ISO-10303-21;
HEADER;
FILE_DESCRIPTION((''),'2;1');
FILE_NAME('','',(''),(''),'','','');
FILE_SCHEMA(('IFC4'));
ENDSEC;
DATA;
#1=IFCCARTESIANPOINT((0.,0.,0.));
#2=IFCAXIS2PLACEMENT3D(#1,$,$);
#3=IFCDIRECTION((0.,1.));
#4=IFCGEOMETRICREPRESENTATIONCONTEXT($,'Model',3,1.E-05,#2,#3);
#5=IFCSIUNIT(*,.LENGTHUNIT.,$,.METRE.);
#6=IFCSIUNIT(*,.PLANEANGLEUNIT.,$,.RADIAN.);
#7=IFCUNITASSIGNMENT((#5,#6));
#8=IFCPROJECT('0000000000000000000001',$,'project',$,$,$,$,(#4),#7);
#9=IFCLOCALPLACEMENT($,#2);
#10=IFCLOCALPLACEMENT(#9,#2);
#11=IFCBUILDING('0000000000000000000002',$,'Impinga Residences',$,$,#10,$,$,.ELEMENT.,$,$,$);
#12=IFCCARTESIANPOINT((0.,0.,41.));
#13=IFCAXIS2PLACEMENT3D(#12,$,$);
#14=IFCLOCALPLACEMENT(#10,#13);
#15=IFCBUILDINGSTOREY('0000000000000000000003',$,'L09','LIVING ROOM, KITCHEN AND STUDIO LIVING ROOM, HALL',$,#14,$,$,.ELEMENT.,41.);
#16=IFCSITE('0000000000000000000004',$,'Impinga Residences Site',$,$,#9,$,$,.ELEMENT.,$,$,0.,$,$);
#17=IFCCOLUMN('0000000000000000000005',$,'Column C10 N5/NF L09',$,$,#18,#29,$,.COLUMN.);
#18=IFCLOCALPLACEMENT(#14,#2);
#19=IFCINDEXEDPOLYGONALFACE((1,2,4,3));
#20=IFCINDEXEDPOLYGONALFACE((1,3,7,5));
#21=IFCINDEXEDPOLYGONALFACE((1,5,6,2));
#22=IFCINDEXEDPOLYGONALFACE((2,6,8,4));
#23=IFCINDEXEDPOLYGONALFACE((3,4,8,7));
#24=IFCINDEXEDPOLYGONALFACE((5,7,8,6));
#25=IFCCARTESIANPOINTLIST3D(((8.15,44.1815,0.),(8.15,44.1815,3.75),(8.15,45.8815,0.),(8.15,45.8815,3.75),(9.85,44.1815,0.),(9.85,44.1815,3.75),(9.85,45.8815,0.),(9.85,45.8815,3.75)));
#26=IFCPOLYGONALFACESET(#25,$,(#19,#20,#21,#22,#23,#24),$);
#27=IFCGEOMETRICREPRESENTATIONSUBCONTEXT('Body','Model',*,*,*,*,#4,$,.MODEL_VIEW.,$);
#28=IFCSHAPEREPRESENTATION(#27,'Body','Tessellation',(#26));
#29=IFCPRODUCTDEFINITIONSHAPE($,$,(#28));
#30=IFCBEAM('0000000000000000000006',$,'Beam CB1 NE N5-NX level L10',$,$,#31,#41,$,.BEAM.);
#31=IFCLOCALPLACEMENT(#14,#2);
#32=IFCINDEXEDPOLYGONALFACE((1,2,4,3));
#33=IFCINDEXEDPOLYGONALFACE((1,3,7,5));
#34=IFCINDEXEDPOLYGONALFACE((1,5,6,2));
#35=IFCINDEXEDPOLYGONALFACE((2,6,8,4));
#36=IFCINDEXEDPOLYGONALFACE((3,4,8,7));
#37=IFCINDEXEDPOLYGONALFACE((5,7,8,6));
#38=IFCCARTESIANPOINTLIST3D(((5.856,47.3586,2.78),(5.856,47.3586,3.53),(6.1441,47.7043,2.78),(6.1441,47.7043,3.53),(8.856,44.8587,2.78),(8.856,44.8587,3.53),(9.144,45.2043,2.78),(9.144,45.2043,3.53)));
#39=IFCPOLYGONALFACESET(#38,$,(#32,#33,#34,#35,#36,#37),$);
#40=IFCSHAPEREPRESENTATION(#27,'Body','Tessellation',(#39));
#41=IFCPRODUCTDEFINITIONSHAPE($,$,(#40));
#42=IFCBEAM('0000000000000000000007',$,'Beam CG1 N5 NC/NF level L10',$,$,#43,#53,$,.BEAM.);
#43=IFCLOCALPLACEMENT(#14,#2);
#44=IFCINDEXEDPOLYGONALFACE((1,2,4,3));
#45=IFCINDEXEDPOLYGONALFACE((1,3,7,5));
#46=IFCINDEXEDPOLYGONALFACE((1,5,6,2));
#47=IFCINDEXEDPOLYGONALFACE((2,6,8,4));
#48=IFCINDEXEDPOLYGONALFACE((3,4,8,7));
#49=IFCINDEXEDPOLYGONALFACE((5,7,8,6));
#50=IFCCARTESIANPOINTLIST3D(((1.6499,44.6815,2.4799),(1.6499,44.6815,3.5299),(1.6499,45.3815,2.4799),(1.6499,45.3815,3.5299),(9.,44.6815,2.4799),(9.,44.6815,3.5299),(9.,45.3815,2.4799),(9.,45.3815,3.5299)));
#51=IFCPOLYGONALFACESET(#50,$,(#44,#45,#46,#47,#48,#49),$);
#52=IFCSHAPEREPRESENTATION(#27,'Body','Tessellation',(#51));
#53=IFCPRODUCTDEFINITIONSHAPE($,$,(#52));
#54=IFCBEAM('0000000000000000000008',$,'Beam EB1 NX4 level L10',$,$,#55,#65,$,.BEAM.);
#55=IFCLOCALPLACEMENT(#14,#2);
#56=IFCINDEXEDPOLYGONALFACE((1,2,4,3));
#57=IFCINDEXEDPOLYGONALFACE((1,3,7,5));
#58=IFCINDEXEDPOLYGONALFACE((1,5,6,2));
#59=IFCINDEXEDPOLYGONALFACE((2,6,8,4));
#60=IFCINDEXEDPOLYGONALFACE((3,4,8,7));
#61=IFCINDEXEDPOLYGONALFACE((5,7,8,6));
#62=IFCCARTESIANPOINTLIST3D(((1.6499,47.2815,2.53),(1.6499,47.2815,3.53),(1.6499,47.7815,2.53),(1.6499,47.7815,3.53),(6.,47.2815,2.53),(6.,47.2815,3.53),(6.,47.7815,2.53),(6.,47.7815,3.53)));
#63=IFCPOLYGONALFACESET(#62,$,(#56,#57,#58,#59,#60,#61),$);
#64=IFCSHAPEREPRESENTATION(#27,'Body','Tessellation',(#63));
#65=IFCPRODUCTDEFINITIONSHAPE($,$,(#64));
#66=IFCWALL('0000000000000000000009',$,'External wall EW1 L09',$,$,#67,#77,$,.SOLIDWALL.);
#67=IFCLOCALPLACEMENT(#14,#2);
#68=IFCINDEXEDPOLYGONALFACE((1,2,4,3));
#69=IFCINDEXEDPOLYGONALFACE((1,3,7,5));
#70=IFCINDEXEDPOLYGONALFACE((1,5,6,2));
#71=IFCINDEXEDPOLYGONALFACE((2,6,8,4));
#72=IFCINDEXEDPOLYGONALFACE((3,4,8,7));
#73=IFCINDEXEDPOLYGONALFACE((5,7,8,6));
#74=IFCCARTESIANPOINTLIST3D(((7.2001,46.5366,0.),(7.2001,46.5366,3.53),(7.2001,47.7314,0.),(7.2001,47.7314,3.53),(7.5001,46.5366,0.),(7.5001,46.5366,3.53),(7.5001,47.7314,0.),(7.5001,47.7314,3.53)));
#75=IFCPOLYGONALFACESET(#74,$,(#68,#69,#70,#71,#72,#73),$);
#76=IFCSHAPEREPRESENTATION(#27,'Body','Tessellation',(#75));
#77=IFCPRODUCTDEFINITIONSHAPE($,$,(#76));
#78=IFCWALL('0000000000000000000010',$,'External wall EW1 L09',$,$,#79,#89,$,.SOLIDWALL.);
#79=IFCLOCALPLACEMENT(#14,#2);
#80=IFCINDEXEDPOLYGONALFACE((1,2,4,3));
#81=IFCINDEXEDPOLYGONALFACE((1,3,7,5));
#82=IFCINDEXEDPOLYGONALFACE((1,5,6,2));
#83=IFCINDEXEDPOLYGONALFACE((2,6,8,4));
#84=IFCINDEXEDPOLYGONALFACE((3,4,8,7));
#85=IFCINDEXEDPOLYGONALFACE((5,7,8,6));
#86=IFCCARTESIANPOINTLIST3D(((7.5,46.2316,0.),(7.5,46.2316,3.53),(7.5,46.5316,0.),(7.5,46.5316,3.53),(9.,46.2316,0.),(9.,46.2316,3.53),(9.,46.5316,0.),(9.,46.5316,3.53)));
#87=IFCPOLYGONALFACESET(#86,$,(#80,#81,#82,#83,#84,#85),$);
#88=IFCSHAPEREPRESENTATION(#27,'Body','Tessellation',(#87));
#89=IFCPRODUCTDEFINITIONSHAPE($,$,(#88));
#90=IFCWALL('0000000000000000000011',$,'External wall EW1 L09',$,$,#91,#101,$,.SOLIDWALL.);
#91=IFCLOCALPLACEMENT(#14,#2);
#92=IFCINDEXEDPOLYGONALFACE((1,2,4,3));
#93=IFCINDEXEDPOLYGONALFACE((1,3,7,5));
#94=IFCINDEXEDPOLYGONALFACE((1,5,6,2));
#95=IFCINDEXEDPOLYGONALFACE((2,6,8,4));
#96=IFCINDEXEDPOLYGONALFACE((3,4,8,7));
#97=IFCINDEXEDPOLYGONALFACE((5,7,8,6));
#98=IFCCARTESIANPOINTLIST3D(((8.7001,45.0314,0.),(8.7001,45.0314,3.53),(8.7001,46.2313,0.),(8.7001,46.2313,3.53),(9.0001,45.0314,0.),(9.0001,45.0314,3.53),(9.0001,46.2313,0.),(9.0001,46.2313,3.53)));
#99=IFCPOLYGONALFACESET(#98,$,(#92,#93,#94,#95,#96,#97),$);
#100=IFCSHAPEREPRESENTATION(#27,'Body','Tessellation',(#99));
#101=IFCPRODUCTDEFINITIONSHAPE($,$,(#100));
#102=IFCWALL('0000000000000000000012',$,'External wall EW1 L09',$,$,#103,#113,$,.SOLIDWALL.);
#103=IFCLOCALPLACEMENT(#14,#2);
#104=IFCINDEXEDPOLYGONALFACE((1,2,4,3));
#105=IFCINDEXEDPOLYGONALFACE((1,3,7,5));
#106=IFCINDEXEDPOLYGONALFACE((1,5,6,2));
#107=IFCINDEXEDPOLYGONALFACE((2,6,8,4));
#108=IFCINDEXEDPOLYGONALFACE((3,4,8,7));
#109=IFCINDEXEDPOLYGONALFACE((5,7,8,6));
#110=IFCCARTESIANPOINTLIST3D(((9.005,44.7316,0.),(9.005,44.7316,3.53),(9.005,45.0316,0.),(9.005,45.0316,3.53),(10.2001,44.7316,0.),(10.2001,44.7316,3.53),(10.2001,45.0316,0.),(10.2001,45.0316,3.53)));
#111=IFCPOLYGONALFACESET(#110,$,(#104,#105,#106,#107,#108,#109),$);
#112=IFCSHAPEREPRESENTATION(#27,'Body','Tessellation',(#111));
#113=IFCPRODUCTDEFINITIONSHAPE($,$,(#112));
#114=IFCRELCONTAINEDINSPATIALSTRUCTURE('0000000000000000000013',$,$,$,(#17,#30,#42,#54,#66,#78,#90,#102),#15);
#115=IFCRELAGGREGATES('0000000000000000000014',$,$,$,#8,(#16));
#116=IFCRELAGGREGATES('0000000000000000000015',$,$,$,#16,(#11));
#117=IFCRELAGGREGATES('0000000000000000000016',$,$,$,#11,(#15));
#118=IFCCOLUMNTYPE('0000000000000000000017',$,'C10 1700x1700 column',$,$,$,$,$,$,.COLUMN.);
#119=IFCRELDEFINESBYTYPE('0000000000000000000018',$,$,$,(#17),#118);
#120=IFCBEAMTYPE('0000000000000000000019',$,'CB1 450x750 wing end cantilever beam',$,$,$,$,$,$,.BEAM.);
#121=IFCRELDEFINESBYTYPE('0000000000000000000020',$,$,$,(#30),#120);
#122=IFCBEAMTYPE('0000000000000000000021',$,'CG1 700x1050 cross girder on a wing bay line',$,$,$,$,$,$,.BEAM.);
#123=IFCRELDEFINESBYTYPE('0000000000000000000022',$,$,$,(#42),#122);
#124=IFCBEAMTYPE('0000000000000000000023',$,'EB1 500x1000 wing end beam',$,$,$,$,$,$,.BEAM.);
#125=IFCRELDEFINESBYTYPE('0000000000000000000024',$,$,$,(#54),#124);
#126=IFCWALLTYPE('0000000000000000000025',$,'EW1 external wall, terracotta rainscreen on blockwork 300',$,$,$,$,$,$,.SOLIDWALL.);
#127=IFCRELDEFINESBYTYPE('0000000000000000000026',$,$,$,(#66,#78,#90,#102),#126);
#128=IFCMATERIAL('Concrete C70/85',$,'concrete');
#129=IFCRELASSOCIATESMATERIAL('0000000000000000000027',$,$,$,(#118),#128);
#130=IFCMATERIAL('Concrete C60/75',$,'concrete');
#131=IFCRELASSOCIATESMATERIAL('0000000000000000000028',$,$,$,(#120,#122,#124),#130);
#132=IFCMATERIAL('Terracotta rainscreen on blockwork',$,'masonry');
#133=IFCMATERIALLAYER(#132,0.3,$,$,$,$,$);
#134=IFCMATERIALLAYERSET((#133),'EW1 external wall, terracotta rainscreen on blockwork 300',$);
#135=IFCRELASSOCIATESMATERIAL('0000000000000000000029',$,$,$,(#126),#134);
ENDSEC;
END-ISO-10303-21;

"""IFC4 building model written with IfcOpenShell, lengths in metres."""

from ifc_helpers import new_model, si_unit, direction, frame, frame_2d, origin, origin_2d, place, context, subcontext, project, spatial, rectangle, extrude, material, layer, layer_set, material_profile, profile_set, type_object, element, save


model = new_model("IFC4")

# Units and contexts
model_context = context("Model", 3, precision=1e-05, world=origin(), true_north=direction((0.0, 1.0)))
body_context = subcontext(model_context, "Body", "Model", "MODEL_VIEW")
ifc_project = project(units=[si_unit("LENGTHUNIT", "METRE"), si_unit("PLANEANGLEUNIT", "RADIAN")], contexts=[model_context])

# Site, building, storey
site_placement = place(None, origin())
site = spatial("IfcSite", under=ifc_project, at=site_placement, Name="Impinga Residences Site", CompositionType="ELEMENT", RefElevation=0.0)
building_placement = place(site_placement, origin())
building = spatial("IfcBuilding", under=site, at=building_placement, Name="Impinga Residences", CompositionType="ELEMENT")
storey_placement = place(building_placement, frame((0.0, 0.0, 41.0)))
storey = spatial("IfcBuildingStorey", under=building, at=storey_placement, Name="L09", Description="LIVING ROOM, KITCHEN AND STUDIO LIVING ROOM, HALL", CompositionType="ELEMENT", Elevation=41.0)

# Column
ifc_material_1 = material(Name="Concrete C70/85", Category="concrete")
ifc_material_profile_1 = material_profile(ifc_material_1, rectangle(XDim=1.7, YDim=1.7, at=origin_2d()), Name="RC 1700x1700")
ifc_profile_set_1 = profile_set([ifc_material_profile_1], Name="Concrete C70/85")
column_type = type_object("IfcColumnType", Name="C10 1700x1700 column", PredefinedType="COLUMN", material=ifc_profile_set_1)
column_placement = place(storey_placement, frame((9.0, 45.0315, 0.0), z_axis=(0.0, 0.0, 1.0), x_axis=(1.0, 0.0, 0.0)))
element("IfcColumn", 1, at=column_placement, inside=storey, type_object=column_type, Name="Column C10 N5/NF L09", PredefinedType="COLUMN", context=body_context, shape_type="SweptSolid", body=[
    extrude(rectangle(XDim=1.7, YDim=1.7, at=origin_2d()), origin(), (0.0, 0.0, 1.0), 3.75),
])

# Beams
ifc_material_2 = material(Name="Concrete C60/75", Category="concrete")
ifc_material_profile_2 = material_profile(ifc_material_2, rectangle(XDim=0.45, YDim=0.75, at=origin_2d()), Name="RC 450x750")
ifc_profile_set_2 = profile_set([ifc_material_profile_2], Name="Concrete C60/75")
beam_type_1 = type_object("IfcBeamType", Name="CB1 450x750 wing end cantilever beam", PredefinedType="BEAM", material=ifc_profile_set_2)
beam_1_placement = place(storey_placement, frame((9.0, 45.0315, 3.155), z_axis=(-0.768221, 0.640184, 0.0), x_axis=(-0.640184, -0.768221, 0.0)))
element("IfcBeam", 2, at=beam_1_placement, inside=storey, type_object=beam_type_1, Name="Beam CB1 NE N5-NX level L10", PredefinedType="BEAM", context=body_context, shape_type="SweptSolid", body=[
    extrude(rectangle(XDim=0.45, YDim=0.75, at=origin_2d()), origin(), (0.0, 0.0, 1.0), 3.905),
])
ifc_material_profile_3 = material_profile(ifc_material_2, rectangle(XDim=0.7, YDim=1.05, at=origin_2d()), Name="RC 700x1050")
ifc_profile_set_3 = profile_set([ifc_material_profile_3], Name="Concrete C60/75")
beam_type_2 = type_object("IfcBeamType", Name="CG1 700x1050 cross girder on a wing bay line", PredefinedType="BEAM", material=ifc_profile_set_3)
beam_2_placement = place(storey_placement, frame((1.6499, 45.0315, 3.0049), z_axis=(1.0, 0.0, 0.0), x_axis=(0.0, 1.0, 0.0)))
element("IfcBeam", 3, at=beam_2_placement, inside=storey, type_object=beam_type_2, Name="Beam CG1 N5 NC/NF level L10", PredefinedType="BEAM", context=body_context, shape_type="SweptSolid", body=[
    extrude(rectangle(XDim=0.7, YDim=1.05, at=origin_2d()), origin(), (0.0, 0.0, 1.0), 7.3501),
])
ifc_material_profile_4 = material_profile(ifc_material_2, rectangle(XDim=0.5, YDim=1.0, at=origin_2d()), Name="RC 500x1000")
ifc_profile_set_4 = profile_set([ifc_material_profile_4], Name="Concrete C60/75")
beam_type_3 = type_object("IfcBeamType", Name="EB1 500x1000 wing end beam", PredefinedType="BEAM", material=ifc_profile_set_4)
beam_3_placement = place(storey_placement, frame((1.6499, 47.5315, 3.03), z_axis=(1.0, 0.0, 0.0), x_axis=(0.0, 1.0, 0.0)))
element("IfcBeam", 4, at=beam_3_placement, inside=storey, type_object=beam_type_3, Name="Beam EB1 NX4 level L10", PredefinedType="BEAM", context=body_context, shape_type="SweptSolid", body=[
    extrude(rectangle(XDim=0.5, YDim=1.0, at=origin_2d()), origin(), (0.0, 0.0, 1.0), 4.3501),
])

# Walls
ifc_material_3 = material(Name="Terracotta rainscreen on blockwork", Category="masonry")
ifc_layer_1 = layer(ifc_material_3, 0.3)
ifc_layer_set_1 = layer_set([ifc_layer_1], Name="EW1 external wall, terracotta rainscreen on blockwork 300")
wall_type_1 = type_object("IfcWallType", Name="EW1 external wall, terracotta rainscreen on blockwork 300", PredefinedType="SOLIDWALL", material=ifc_layer_set_1)
wall_1_placement = place(storey_placement, frame((7.3501, 47.7314, 0.0), z_axis=(0.0, 0.0, 1.0), x_axis=(0.0, -1.0, 0.0)))
element("IfcWall", 5, at=wall_1_placement, inside=storey, type_object=wall_type_1, Name="External wall EW1 L09", PredefinedType="SOLIDWALL", context=body_context, shape_type="SweptSolid", body=[
    extrude(rectangle(XDim=1.1948, YDim=0.3, at=frame_2d((0.5974, 0.0))), origin(), (0.0, 0.0, 1.0), 3.53),
])
wall_2_placement = place(storey_placement, frame((7.5, 46.3816, 0.0), z_axis=(0.0, 0.0, 1.0), x_axis=(1.0, 0.0, 0.0)))
element("IfcWall", 6, at=wall_2_placement, inside=storey, type_object=wall_type_1, Name="External wall EW1 L09", PredefinedType="SOLIDWALL", context=body_context, shape_type="SweptSolid", body=[
    extrude(rectangle(XDim=1.5, YDim=0.3, at=frame_2d((0.75, 0.0))), origin(), (0.0, 0.0, 1.0), 3.53),
])
wall_3_placement = place(storey_placement, frame((8.8501, 46.2314, 0.0), z_axis=(0.0, 0.0, 1.0), x_axis=(0.0, -1.0, 0.0)))
element("IfcWall", 7, at=wall_3_placement, inside=storey, type_object=wall_type_1, Name="External wall EW1 L09", PredefinedType="SOLIDWALL", context=body_context, shape_type="SweptSolid", body=[
    extrude(rectangle(XDim=1.2, YDim=0.3, at=frame_2d((0.6001, 0.0))), origin(), (0.0, 0.0, 1.0), 3.53),
])
wall_4_placement = place(storey_placement, frame((9.0049, 44.8816, 0.0), z_axis=(0.0, 0.0, 1.0), x_axis=(1.0, 0.0, 0.0)))
element("IfcWall", 8, at=wall_4_placement, inside=storey, type_object=wall_type_1, Name="External wall EW1 L09", PredefinedType="SOLIDWALL", context=body_context, shape_type="SweptSolid", body=[
    extrude(rectangle(XDim=1.1951, YDim=0.3, at=frame_2d((0.5977, 0.0))), origin(), (0.0, 0.0, 1.0), 3.53),
])

save(model, "model.ifc")
